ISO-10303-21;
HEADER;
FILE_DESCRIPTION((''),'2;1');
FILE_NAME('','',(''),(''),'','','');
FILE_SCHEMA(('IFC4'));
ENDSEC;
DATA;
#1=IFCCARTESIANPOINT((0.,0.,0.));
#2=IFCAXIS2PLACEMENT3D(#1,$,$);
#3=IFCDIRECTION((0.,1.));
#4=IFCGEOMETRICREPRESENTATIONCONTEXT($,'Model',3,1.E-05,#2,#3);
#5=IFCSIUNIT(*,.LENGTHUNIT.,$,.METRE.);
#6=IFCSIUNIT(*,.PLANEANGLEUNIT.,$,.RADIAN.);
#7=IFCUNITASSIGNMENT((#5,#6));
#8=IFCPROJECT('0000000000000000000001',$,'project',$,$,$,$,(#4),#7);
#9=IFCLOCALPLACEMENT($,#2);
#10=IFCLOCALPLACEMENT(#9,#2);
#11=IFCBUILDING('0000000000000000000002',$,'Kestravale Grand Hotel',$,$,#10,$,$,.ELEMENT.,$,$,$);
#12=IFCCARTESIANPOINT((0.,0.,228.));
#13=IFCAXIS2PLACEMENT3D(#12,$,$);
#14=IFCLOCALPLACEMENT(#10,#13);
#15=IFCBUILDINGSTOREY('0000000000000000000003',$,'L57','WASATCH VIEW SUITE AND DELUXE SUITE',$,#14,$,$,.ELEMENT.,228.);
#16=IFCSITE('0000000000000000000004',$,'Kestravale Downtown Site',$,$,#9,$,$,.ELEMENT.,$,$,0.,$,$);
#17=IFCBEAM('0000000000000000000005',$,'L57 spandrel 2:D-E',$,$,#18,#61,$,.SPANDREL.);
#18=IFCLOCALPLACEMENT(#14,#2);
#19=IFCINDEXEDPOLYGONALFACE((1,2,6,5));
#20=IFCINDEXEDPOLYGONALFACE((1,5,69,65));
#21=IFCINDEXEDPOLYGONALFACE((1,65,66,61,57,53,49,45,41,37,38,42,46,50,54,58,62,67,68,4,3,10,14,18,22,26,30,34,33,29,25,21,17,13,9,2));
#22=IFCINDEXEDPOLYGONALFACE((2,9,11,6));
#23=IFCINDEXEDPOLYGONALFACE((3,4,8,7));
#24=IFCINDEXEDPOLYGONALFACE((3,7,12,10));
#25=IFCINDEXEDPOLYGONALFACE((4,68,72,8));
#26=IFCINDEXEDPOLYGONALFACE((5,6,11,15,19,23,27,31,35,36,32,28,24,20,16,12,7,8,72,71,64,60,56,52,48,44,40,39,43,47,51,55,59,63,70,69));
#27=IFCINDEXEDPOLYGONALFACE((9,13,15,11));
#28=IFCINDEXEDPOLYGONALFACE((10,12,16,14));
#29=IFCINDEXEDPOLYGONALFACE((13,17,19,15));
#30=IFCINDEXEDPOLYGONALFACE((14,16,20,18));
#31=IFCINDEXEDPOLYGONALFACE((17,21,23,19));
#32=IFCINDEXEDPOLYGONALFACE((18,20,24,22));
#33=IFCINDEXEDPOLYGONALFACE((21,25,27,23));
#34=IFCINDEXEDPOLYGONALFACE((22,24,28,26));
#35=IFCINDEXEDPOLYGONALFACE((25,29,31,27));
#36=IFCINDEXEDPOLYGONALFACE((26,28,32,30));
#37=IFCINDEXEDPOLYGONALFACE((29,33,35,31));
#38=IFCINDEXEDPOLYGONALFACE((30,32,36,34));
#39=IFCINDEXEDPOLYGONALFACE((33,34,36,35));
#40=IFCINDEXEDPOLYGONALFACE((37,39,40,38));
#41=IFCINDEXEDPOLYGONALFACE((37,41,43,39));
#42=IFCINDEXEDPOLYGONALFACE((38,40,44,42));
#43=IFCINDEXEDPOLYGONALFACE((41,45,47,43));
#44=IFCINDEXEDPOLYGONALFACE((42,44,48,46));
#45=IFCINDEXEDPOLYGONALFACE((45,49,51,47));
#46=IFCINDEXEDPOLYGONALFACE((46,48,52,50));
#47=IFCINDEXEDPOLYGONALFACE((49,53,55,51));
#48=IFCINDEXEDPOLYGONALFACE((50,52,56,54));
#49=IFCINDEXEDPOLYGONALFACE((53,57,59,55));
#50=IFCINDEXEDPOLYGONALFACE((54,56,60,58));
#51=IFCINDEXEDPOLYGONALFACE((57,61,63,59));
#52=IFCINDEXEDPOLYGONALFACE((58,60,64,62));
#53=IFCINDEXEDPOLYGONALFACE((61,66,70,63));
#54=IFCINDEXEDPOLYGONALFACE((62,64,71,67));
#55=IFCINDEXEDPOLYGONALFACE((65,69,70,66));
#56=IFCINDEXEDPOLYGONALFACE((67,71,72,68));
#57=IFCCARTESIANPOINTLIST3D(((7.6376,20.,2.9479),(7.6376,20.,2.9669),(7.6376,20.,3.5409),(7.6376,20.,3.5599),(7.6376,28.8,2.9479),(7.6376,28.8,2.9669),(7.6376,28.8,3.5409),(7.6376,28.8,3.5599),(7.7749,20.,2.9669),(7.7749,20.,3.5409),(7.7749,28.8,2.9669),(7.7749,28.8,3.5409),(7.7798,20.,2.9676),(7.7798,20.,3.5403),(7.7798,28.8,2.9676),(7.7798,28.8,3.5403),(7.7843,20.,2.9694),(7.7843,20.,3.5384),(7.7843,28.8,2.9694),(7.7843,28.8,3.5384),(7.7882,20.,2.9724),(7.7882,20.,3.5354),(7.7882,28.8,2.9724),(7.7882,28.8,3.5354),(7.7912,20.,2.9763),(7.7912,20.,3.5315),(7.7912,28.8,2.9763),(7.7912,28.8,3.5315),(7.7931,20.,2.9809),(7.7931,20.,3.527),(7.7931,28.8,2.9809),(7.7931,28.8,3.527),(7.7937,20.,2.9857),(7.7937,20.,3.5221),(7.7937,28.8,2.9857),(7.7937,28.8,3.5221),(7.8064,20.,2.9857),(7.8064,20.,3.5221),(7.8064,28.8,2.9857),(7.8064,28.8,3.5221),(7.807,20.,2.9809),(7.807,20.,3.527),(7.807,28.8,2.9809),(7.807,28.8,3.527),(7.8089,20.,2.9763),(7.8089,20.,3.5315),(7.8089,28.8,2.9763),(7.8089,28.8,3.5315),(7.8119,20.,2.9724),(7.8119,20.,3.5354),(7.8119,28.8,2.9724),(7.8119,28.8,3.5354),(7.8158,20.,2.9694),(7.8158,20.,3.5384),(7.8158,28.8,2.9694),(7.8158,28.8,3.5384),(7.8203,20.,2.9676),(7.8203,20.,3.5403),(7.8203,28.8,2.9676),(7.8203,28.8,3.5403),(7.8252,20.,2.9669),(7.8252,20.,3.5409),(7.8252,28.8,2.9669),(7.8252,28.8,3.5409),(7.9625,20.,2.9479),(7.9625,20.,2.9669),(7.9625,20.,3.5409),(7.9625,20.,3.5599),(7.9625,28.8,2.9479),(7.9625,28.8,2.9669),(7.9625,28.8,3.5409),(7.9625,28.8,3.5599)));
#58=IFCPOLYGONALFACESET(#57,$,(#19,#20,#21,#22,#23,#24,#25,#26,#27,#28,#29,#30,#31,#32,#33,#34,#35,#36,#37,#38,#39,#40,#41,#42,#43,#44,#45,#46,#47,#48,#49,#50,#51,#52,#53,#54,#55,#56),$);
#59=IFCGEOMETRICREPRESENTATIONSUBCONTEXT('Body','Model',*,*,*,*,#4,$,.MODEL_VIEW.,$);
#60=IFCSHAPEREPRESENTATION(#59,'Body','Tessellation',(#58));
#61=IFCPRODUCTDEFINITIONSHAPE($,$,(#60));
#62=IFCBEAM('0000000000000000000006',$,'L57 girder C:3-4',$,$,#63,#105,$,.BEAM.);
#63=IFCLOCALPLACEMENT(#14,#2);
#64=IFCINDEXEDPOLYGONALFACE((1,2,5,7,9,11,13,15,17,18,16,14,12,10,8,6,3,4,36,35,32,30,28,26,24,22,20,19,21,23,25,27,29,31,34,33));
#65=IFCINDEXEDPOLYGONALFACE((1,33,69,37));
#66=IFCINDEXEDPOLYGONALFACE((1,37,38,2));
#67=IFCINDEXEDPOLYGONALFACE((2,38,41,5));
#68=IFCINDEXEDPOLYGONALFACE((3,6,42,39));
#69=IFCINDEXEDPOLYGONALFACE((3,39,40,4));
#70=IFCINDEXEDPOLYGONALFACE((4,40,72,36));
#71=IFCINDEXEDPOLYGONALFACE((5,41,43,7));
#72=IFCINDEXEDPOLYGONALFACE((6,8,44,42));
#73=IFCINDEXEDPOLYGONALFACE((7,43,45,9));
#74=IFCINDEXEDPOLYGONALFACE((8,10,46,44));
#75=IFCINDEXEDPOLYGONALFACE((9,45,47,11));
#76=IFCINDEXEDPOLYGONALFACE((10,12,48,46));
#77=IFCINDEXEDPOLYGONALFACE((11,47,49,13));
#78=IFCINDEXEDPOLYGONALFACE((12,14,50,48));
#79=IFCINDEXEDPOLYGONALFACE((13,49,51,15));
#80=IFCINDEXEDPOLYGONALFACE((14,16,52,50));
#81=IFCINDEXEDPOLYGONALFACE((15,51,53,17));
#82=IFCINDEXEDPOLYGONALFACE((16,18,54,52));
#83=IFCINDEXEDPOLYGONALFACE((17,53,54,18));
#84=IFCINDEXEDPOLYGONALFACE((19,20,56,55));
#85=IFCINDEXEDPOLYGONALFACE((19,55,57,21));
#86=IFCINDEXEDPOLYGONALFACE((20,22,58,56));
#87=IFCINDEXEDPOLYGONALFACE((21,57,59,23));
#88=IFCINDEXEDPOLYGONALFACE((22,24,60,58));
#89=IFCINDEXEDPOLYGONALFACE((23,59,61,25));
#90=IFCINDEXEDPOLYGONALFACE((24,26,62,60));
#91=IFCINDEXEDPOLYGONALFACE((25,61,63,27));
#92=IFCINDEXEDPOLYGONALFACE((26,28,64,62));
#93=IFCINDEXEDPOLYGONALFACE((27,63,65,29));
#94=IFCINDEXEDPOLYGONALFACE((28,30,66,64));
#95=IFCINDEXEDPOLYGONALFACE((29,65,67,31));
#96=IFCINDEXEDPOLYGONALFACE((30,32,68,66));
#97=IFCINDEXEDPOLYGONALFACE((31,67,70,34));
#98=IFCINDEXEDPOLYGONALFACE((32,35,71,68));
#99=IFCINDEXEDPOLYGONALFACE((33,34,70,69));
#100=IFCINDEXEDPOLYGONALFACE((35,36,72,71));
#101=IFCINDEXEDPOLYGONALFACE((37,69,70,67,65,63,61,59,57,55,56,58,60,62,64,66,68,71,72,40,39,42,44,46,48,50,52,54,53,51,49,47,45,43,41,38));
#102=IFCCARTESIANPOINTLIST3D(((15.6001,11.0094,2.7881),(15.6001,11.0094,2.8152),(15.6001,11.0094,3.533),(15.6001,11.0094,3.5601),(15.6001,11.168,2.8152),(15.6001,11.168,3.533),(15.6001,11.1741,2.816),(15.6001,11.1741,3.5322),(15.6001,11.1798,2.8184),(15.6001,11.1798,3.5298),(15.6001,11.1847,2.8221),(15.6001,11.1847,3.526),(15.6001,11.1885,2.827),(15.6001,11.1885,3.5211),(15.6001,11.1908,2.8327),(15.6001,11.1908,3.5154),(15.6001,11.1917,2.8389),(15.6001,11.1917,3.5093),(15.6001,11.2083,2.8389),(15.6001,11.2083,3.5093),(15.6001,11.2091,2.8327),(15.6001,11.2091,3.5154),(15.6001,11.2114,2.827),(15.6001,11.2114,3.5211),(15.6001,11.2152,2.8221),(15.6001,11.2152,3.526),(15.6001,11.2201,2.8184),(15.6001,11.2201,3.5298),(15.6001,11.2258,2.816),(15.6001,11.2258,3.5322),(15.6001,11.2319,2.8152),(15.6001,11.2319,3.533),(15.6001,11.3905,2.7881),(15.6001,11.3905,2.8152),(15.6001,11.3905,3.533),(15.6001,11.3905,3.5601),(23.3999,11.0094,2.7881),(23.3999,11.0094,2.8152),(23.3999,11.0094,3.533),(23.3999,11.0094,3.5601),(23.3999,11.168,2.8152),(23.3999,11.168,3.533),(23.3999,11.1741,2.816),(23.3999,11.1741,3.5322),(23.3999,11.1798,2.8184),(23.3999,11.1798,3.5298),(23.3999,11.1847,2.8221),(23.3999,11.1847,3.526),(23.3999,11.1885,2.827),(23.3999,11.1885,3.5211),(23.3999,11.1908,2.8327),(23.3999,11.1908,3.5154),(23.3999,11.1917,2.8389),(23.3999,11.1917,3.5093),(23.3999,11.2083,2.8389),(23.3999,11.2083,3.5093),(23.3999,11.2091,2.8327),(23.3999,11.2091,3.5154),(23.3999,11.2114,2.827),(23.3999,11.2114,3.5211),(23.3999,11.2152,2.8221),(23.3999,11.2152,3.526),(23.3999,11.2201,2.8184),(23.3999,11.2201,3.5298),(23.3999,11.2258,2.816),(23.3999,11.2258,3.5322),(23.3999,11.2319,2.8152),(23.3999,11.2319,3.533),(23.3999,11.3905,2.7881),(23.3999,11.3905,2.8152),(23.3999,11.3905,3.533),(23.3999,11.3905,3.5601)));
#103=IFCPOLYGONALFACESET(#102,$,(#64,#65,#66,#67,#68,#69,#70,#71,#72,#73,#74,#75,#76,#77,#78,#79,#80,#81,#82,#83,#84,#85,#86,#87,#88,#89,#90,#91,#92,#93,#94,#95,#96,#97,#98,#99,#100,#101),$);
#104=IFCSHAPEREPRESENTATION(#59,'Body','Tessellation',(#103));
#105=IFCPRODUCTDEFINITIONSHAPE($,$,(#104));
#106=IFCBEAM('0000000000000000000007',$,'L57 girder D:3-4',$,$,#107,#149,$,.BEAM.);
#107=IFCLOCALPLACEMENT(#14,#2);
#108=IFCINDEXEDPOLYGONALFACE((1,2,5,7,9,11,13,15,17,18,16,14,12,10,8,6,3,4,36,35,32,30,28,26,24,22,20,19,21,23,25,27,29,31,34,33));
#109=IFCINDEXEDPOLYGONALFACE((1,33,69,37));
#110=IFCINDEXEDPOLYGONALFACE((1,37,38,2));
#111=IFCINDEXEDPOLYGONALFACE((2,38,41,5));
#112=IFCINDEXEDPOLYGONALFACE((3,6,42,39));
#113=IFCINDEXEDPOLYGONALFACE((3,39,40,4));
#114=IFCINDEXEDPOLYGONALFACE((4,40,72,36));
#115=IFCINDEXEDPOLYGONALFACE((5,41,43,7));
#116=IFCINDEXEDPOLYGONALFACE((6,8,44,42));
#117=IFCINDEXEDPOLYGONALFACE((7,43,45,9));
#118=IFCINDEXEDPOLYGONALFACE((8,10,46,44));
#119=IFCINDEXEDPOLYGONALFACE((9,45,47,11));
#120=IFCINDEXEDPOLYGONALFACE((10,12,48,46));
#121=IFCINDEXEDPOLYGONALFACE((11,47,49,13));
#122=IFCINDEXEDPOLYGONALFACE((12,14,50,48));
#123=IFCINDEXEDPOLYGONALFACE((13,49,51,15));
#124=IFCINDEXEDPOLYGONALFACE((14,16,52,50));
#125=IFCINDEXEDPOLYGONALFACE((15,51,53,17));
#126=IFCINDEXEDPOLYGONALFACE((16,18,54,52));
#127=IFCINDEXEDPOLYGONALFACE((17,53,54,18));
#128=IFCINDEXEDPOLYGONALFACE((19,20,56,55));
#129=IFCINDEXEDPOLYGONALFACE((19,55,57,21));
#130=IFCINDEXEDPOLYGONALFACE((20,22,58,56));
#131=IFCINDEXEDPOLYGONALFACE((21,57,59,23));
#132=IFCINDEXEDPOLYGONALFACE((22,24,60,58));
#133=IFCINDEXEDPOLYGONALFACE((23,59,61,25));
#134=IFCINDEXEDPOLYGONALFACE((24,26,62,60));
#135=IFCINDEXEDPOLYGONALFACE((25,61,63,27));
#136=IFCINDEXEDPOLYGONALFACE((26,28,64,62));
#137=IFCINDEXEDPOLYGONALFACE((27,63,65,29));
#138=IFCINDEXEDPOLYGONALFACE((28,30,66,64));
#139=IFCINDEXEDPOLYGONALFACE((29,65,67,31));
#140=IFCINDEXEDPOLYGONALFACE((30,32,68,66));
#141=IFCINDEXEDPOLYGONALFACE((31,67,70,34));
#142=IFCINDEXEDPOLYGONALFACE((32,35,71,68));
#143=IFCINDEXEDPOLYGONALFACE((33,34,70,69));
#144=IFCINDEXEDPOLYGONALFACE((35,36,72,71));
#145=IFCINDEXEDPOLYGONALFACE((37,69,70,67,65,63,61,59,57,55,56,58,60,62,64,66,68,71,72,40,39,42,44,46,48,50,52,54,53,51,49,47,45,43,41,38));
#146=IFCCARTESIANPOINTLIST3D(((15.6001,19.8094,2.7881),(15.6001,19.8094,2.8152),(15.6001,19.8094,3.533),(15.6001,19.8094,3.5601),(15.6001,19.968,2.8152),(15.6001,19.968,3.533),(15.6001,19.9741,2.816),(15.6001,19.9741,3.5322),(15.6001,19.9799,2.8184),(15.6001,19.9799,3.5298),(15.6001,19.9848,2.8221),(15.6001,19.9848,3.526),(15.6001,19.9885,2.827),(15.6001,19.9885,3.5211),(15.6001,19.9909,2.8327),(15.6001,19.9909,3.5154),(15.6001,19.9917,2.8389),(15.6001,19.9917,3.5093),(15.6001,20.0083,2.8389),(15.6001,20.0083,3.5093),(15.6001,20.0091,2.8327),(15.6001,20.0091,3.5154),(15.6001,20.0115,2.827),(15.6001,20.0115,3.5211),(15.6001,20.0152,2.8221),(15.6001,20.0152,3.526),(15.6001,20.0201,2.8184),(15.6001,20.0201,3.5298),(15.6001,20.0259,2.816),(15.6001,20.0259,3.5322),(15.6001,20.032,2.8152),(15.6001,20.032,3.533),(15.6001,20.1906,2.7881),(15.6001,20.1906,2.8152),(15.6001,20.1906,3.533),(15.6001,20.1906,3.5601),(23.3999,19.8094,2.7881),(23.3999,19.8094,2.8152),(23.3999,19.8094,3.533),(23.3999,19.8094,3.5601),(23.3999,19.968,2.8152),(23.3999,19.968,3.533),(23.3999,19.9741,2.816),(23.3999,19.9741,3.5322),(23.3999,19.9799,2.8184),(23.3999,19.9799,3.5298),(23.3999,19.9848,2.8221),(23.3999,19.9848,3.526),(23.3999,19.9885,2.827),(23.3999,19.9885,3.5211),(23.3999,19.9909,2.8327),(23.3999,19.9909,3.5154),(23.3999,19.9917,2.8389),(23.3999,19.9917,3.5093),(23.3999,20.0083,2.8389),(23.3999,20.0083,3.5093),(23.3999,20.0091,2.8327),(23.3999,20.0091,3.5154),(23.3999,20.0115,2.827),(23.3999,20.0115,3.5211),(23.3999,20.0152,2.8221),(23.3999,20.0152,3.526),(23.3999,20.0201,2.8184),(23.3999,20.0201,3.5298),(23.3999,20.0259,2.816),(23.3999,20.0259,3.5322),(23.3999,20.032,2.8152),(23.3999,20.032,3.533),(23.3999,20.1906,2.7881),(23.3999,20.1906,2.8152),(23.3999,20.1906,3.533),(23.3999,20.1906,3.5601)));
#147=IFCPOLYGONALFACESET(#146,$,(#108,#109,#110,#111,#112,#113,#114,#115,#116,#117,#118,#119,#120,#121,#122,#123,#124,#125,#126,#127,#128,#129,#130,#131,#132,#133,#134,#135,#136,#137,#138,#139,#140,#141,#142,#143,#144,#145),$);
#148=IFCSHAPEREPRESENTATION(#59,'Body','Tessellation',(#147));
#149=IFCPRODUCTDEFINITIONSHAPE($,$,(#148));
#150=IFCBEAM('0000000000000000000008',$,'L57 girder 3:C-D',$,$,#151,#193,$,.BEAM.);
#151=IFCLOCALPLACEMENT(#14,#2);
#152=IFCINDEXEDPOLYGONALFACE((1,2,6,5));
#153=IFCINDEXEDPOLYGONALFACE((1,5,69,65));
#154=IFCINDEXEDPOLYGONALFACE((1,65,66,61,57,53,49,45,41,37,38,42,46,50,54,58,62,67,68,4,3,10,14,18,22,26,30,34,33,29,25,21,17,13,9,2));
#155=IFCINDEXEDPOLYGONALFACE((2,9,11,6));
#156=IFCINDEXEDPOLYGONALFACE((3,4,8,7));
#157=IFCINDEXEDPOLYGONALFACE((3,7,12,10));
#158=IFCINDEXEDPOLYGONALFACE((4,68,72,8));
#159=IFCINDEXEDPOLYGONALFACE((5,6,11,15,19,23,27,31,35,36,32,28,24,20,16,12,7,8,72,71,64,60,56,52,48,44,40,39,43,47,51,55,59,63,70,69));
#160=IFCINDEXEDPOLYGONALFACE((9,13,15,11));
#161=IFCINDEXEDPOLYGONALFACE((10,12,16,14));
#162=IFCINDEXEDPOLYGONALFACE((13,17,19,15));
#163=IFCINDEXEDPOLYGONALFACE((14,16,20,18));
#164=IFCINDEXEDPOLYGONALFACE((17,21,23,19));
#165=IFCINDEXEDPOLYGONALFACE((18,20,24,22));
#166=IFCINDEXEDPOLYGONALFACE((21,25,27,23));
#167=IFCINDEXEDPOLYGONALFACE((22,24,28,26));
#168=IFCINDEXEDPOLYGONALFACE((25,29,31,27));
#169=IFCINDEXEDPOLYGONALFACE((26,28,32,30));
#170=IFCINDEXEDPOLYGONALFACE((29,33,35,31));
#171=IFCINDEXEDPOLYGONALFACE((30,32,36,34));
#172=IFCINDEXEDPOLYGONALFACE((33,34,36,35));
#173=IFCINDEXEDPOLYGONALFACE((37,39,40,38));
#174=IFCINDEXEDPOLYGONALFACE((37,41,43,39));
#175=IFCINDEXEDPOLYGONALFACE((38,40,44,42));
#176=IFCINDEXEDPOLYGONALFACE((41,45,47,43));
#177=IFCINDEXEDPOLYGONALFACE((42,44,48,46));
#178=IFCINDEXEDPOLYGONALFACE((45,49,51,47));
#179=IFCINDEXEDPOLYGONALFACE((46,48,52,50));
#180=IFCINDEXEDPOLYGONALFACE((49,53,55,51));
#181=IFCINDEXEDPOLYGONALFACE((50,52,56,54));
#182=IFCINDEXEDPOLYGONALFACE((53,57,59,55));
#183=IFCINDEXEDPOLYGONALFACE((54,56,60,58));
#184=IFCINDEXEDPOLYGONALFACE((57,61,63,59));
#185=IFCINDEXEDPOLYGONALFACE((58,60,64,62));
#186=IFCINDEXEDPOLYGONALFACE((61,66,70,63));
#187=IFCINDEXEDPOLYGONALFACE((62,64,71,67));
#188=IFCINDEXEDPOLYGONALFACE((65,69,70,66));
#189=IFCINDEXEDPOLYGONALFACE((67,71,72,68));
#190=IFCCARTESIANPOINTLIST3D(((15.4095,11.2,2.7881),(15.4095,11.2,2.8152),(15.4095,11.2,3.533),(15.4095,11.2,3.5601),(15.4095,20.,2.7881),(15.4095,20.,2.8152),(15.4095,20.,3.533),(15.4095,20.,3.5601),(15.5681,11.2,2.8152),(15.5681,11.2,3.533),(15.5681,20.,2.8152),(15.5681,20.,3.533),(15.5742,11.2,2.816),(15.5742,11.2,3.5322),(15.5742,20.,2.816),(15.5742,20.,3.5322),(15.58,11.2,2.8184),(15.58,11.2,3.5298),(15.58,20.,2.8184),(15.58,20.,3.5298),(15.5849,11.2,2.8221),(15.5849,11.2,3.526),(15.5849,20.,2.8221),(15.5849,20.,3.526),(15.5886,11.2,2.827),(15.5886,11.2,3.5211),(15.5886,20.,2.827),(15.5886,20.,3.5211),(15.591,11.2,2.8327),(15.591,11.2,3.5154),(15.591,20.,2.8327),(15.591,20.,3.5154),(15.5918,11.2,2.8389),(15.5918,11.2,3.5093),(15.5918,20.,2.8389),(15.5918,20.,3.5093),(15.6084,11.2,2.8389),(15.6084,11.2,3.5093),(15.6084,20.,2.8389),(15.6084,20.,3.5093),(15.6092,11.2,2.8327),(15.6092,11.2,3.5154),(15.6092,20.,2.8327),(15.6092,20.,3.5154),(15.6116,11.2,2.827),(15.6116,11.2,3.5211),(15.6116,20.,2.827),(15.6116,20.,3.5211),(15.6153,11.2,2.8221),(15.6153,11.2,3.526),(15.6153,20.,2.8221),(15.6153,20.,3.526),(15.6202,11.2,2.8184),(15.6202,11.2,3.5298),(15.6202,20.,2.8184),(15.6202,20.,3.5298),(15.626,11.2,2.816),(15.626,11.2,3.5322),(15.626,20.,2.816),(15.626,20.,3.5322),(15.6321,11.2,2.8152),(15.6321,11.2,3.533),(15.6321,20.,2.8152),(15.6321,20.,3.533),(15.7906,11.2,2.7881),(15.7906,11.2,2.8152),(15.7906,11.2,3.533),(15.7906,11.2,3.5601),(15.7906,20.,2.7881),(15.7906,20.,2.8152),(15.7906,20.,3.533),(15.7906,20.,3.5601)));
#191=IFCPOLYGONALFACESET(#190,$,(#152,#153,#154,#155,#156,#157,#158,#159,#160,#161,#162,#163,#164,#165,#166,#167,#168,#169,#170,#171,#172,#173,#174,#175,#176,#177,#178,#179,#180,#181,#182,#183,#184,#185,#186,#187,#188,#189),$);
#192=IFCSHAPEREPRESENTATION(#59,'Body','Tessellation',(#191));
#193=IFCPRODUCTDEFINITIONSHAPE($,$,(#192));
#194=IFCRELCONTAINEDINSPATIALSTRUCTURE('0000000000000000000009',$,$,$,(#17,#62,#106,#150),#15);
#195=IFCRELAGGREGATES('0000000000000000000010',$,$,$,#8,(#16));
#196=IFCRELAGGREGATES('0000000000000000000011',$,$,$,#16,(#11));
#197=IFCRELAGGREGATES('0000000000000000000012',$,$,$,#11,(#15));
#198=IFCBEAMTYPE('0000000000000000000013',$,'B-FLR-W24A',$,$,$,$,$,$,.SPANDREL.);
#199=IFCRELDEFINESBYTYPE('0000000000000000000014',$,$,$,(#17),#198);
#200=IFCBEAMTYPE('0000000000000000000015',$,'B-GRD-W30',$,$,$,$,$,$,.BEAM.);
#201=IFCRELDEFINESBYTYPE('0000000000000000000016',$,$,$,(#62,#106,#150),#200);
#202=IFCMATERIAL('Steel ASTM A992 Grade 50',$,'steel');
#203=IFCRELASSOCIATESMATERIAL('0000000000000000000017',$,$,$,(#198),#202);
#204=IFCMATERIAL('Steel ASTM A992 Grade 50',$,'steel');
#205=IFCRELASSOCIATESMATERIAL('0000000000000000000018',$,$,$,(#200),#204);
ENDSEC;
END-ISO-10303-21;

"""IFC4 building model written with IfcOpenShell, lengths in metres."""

from ifc_helpers import new_model, si_unit, direction, frame, origin, origin_2d, place, context, subcontext, project, spatial, i_section, extrude, material, material_profile, profile_set, type_object, element, save


model = new_model("IFC4")

# Units and contexts
model_context = context("Model", 3, precision=1e-05, world=origin(), true_north=direction((0.0, 1.0)))
body_context = subcontext(model_context, "Body", "Model", "MODEL_VIEW")
ifc_project = project(units=[si_unit("LENGTHUNIT", "METRE"), si_unit("PLANEANGLEUNIT", "RADIAN")], contexts=[model_context])

# Site, building, storey
site_placement = place(None, origin())
site = spatial("IfcSite", under=ifc_project, at=site_placement, Name="Kestravale Downtown Site", CompositionType="ELEMENT", RefElevation=0.0)
building_placement = place(site_placement, origin())
building = spatial("IfcBuilding", under=site, at=building_placement, Name="Kestravale Grand Hotel", CompositionType="ELEMENT")
storey_placement = place(building_placement, frame((0.0, 0.0, 228.0)))
storey = spatial("IfcBuildingStorey", under=building, at=storey_placement, Name="L57", Description="WASATCH VIEW SUITE AND DELUXE SUITE", CompositionType="ELEMENT", Elevation=228.0)

# Beams
ifc_material_1 = material(Name="Steel ASTM A992 Grade 50", Category="steel")
ifc_material_profile_1 = material_profile(ifc_material_1, i_section(OverallWidth=0.325, OverallDepth=0.6121, WebThickness=0.0127, FlangeThickness=0.019, FilletRadius=0.0188, at=origin_2d()))
ifc_profile_set_1 = profile_set([ifc_material_profile_1], Name="Steel ASTM A992 Grade 50")
beam_type_1 = type_object("IfcBeamType", Name="B-FLR-W24A", PredefinedType="SPANDREL", material=ifc_profile_set_1)
beam_1_placement = place(storey_placement, frame((7.8, 20.0, 3.2539), z_axis=(0.0, 1.0, 0.0), x_axis=(-1.0, 0.0, 0.0)))
element("IfcBeam", 1, at=beam_1_placement, inside=storey, type_object=beam_type_1, Name="L57 spandrel 2:D-E", PredefinedType="SPANDREL", context=body_context, shape_type="SweptSolid", body=[
    extrude(i_section(OverallWidth=0.325, OverallDepth=0.6121, WebThickness=0.0127, FlangeThickness=0.019, FilletRadius=0.0188, at=origin_2d()), origin(), (0.0, 0.0, 1.0), 8.8),
])
ifc_material_2 = material(Name="Steel ASTM A992 Grade 50", Category="steel")
ifc_material_profile_2 = material_profile(ifc_material_2, i_section(OverallWidth=0.3811, OverallDepth=0.772, WebThickness=0.0166, FlangeThickness=0.0271, FilletRadius=0.0237, at=origin_2d()))
ifc_profile_set_2 = profile_set([ifc_material_profile_2], Name="Steel ASTM A992 Grade 50")
beam_type_2 = type_object("IfcBeamType", Name="B-GRD-W30", PredefinedType="BEAM", material=ifc_profile_set_2)
for number, where, z_axis, x_axis, name in (
    (2, (15.6001, 11.2, 3.1741), (1.0, 0.0, 0.0), (0.0, 1.0, 0.0), "L57 girder C:3-4"),
    (3, (15.6001, 20.0, 3.1741), (1.0, 0.0, 0.0), (0.0, 1.0, 0.0), "L57 girder D:3-4"),
):
    element("IfcBeam", number, at=place(storey_placement, frame(where, z_axis=z_axis, x_axis=x_axis)), inside=storey, type_object=beam_type_2, Name=name, PredefinedType="BEAM", context=body_context, shape_type="SweptSolid", body=[
        extrude(i_section(OverallWidth=0.3811, OverallDepth=0.772, WebThickness=0.0166, FlangeThickness=0.0271, FilletRadius=0.0237, at=origin_2d()), origin(), (0.0, 0.0, 1.0), 7.7998),
    ])
for number, where, z_axis, x_axis, name in (
    (4, (15.6001, 11.2, 3.1741), (0.0, 1.0, 0.0), (-1.0, 0.0, 0.0), "L57 girder 3:C-D"),
):
    element("IfcBeam", number, at=place(storey_placement, frame(where, z_axis=z_axis, x_axis=x_axis)), inside=storey, type_object=beam_type_2, Name=name, PredefinedType="BEAM", context=body_context, shape_type="SweptSolid", body=[
        extrude(i_section(OverallWidth=0.3811, OverallDepth=0.772, WebThickness=0.0166, FlangeThickness=0.0271, FilletRadius=0.0237, at=origin_2d()), origin(), (0.0, 0.0, 1.0), 8.8),
    ])

save(model, "model.ifc")
